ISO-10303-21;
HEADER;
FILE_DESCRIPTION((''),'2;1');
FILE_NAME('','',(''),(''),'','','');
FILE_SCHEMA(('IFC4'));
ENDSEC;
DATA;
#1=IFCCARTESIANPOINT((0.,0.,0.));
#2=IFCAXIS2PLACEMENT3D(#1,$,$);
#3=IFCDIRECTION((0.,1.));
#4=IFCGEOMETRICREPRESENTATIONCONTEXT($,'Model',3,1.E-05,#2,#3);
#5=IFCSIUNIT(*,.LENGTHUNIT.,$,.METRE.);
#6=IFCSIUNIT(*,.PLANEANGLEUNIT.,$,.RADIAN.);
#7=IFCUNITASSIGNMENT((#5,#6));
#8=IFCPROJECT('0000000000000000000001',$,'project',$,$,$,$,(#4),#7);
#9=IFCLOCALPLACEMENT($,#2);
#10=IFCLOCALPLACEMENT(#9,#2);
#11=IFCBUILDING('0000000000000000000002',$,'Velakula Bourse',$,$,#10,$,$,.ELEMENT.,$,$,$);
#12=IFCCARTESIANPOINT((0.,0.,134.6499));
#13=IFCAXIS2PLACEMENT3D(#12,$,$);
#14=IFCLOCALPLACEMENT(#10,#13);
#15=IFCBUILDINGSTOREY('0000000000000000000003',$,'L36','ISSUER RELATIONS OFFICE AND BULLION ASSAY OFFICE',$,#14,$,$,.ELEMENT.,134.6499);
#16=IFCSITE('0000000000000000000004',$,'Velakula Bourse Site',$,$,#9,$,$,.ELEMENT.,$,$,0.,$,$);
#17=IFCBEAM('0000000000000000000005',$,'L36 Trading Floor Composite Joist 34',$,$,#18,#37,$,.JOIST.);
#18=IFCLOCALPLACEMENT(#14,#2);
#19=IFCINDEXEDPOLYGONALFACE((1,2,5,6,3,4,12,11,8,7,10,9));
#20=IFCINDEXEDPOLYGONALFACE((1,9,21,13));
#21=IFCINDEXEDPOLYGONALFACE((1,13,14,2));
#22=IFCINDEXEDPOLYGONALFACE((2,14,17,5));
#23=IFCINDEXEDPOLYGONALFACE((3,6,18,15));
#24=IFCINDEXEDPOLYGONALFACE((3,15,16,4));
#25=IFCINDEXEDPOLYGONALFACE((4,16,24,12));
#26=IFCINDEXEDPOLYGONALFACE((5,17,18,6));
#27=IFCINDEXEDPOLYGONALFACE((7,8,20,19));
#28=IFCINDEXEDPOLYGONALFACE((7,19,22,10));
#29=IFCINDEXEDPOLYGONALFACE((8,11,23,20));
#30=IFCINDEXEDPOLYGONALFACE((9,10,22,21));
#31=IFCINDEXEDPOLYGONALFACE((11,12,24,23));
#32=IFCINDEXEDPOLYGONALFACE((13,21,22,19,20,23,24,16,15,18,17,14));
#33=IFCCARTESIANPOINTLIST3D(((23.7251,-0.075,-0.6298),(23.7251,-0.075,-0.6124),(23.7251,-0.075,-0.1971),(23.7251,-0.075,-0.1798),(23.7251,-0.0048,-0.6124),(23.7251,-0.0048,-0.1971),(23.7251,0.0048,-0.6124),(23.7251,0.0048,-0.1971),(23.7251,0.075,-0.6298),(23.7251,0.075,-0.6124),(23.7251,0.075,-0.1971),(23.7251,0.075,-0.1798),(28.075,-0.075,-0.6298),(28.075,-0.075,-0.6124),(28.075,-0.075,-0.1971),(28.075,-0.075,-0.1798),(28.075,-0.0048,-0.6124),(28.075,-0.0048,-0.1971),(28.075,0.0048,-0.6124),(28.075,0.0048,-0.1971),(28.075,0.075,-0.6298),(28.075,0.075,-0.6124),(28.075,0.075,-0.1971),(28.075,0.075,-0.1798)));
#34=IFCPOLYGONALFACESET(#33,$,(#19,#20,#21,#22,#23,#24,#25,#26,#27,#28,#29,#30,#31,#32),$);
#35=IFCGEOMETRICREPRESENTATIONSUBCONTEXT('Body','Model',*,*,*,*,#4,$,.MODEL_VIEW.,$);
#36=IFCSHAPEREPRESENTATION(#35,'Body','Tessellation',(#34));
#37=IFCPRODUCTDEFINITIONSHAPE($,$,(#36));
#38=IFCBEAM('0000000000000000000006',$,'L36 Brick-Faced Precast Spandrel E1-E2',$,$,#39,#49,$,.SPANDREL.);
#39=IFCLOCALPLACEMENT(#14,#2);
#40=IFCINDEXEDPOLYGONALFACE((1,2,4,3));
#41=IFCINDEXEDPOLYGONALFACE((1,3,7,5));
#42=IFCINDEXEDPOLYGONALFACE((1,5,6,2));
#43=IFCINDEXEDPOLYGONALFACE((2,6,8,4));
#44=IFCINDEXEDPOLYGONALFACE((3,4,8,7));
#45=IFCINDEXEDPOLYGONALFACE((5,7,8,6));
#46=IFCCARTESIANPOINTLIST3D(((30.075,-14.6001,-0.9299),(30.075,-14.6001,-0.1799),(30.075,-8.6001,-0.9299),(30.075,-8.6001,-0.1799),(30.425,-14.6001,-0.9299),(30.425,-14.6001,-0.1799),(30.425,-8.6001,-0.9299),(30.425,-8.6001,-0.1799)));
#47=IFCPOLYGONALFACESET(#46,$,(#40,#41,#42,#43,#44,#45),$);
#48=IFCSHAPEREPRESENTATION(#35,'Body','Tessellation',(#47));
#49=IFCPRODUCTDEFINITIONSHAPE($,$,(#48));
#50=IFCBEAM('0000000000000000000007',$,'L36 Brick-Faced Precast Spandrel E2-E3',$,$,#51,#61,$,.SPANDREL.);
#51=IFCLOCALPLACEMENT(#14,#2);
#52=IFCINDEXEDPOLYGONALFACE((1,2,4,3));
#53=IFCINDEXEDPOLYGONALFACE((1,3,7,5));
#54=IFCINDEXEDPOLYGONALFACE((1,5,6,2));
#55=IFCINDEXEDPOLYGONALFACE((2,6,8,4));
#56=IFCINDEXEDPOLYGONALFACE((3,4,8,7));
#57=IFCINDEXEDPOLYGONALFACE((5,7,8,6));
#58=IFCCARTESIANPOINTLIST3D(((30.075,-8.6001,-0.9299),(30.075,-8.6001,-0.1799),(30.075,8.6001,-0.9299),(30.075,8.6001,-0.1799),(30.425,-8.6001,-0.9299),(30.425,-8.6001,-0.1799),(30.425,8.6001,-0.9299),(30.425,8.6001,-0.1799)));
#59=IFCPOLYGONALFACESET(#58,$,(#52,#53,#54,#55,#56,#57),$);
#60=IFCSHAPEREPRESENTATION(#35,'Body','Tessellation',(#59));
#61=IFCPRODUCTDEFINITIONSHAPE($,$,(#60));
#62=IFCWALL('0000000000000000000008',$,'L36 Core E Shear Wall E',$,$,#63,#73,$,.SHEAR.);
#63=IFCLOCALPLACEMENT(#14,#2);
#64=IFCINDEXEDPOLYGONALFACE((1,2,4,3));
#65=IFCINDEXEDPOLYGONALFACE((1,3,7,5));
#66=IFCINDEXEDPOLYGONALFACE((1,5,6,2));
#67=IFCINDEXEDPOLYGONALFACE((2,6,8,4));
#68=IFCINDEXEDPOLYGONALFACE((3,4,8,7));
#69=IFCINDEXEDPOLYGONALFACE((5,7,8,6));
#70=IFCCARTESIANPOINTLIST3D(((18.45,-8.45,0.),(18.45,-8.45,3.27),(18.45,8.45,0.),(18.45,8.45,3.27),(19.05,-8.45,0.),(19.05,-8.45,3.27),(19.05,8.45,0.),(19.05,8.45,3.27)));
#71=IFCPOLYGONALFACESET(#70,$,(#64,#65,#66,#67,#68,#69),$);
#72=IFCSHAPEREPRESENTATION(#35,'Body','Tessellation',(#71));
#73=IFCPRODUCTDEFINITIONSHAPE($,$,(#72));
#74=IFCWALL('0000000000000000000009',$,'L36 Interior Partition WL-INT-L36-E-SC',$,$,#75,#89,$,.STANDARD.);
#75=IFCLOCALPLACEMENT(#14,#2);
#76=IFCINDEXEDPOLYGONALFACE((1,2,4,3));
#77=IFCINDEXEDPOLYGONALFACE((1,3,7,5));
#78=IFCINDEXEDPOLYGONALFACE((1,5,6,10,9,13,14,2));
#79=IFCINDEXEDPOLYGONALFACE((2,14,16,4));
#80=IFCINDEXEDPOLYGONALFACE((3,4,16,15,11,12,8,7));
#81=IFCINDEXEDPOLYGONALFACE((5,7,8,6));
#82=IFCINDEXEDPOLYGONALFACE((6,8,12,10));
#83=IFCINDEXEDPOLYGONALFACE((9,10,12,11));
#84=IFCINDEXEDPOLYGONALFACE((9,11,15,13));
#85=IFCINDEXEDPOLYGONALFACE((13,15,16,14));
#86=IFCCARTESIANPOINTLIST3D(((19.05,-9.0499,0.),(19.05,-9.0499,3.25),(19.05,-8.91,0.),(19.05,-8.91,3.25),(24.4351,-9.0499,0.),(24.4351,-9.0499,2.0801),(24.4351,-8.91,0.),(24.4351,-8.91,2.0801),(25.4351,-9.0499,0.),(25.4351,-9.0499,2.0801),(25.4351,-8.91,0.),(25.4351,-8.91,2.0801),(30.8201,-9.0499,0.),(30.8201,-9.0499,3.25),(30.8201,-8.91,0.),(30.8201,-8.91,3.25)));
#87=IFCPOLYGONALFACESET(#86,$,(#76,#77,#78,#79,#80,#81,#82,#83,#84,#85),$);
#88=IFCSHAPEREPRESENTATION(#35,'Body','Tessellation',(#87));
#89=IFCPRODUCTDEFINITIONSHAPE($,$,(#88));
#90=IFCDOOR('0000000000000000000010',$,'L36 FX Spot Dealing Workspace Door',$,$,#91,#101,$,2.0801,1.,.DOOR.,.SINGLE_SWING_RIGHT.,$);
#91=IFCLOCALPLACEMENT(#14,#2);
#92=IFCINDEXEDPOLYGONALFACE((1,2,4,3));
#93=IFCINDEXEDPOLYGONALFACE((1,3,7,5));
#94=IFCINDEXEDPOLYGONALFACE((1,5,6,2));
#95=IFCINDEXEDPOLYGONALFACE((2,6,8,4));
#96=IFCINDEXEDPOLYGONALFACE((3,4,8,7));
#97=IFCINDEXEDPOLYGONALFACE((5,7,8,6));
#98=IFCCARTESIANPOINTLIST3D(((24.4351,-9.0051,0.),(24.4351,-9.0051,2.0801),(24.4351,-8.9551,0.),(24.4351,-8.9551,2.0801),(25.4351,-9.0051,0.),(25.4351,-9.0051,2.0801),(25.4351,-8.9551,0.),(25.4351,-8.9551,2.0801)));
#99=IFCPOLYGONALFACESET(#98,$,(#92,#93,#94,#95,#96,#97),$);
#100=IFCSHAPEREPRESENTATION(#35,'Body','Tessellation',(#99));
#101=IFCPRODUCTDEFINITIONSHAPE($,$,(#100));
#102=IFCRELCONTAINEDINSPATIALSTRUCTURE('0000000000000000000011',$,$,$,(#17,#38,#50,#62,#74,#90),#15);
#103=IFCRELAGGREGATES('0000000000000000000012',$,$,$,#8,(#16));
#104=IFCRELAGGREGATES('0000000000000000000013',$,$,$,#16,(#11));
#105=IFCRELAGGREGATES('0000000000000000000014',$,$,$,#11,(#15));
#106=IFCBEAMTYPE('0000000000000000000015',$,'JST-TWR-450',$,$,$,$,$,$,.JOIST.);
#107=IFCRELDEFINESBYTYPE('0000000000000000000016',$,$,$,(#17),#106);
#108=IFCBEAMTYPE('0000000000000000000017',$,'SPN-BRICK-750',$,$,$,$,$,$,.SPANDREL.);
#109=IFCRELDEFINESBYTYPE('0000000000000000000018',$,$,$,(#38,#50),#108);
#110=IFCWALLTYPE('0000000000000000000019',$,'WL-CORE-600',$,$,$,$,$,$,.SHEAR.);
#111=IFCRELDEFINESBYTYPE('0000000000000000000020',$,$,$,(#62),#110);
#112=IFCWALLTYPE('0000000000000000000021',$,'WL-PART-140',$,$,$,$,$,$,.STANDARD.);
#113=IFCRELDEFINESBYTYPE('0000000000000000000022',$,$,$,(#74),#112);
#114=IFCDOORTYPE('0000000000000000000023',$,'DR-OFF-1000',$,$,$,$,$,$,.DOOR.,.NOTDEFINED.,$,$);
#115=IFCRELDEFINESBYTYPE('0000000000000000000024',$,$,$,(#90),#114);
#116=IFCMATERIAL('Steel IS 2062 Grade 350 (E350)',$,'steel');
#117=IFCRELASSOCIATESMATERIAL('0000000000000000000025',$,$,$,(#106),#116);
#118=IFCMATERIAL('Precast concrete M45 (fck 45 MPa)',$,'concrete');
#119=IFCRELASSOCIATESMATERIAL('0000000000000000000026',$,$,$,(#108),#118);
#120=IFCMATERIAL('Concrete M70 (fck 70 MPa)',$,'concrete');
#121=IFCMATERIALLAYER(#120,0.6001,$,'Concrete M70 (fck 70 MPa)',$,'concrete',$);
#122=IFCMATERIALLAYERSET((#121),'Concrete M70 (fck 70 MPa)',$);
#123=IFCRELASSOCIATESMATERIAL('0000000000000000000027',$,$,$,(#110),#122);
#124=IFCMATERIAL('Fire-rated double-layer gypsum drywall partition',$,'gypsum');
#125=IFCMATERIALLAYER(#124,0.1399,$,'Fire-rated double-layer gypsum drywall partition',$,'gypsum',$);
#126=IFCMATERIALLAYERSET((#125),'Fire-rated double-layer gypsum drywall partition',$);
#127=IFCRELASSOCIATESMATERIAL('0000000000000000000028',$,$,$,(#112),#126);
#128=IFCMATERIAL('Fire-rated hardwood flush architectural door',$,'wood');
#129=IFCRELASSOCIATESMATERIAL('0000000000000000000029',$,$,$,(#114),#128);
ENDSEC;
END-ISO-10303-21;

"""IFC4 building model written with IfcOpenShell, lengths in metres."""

from ifc_helpers import new_model, si_unit, direction, frame, frame_2d, origin, origin_2d, place, context, subcontext, project, spatial, rectangle, i_section, extrude, material, layer, layer_set, material_profile, profile_set, type_object, element, fill, save


model = new_model("IFC4")

# Units and contexts
model_context = context("Model", 3, precision=1e-05, world=origin(), true_north=direction((0.0, 1.0)))
body_context = subcontext(model_context, "Body", "Model", "MODEL_VIEW")
ifc_project = project(units=[si_unit("LENGTHUNIT", "METRE"), si_unit("PLANEANGLEUNIT", "RADIAN")], contexts=[model_context])

# Site, building, storey
site_placement = place(None, origin())
site = spatial("IfcSite", under=ifc_project, at=site_placement, Name="Velakula Bourse Site", CompositionType="ELEMENT", RefElevation=0.0)
building_placement = place(site_placement, origin())
building = spatial("IfcBuilding", under=site, at=building_placement, Name="Velakula Bourse", CompositionType="ELEMENT")
storey_placement = place(building_placement, frame((0.0, 0.0, 134.6499)))
storey = spatial("IfcBuildingStorey", under=building, at=storey_placement, Name="L36", Description="ISSUER RELATIONS OFFICE AND BULLION ASSAY OFFICE", CompositionType="ELEMENT", Elevation=134.6499)

# Shared definitions
ifc_material_1 = material(Name="Concrete M70 (fck 70 MPa)", Category="concrete")
ifc_material_2 = material(Name="Steel IS 2062 Grade 350 (E350)", Category="steel")

# Beams
ifc_material_profile_1 = material_profile(ifc_material_2, i_section(OverallWidth=0.1499, OverallDepth=0.45, WebThickness=0.0095, FlangeThickness=0.0173, at=origin_2d()), Name="Steel IS 2062 Grade 350 (E350)")
ifc_profile_set_1 = profile_set([ifc_material_profile_1], Name="Steel IS 2062 Grade 350 (E350)")
beam_type_1 = type_object("IfcBeamType", Name="JST-TWR-450", PredefinedType="JOIST", material=ifc_profile_set_1)
beam_1_placement = place(storey_placement, frame((23.7251, 0.0, -0.4048), z_axis=(1.0, 0.0, 0.0), x_axis=(0.0, 1.0, 0.0)))
element("IfcBeam", 1, at=beam_1_placement, inside=storey, type_object=beam_type_1, Name="L36 Trading Floor Composite Joist 34", PredefinedType="JOIST", context=body_context, shape_type="SweptSolid", body=[
    extrude(i_section(OverallWidth=0.1499, OverallDepth=0.45, WebThickness=0.0095, FlangeThickness=0.0173, at=origin_2d()), origin(), (0.0, 0.0, 1.0), 4.3499),
])
ifc_material_3 = material(Name="Precast concrete M45 (fck 45 MPa)", Category="concrete")
ifc_material_profile_2 = material_profile(ifc_material_3, rectangle(XDim=0.3501, YDim=0.75, at=origin_2d()), Name="Precast concrete M45 (fck 45 MPa)")
ifc_profile_set_2 = profile_set([ifc_material_profile_2], Name="Precast concrete M45 (fck 45 MPa)")
beam_type_2 = type_object("IfcBeamType", Name="SPN-BRICK-750", PredefinedType="SPANDREL", material=ifc_profile_set_2)
beam_2_placement = place(storey_placement, frame((30.25, -14.6001, -0.5549), z_axis=(0.0, 1.0, 0.0), x_axis=(-1.0, 0.0, 0.0)))
element("IfcBeam", 2, at=beam_2_placement, inside=storey, type_object=beam_type_2, Name="L36 Brick-Faced Precast Spandrel E1-E2", PredefinedType="SPANDREL", context=body_context, shape_type="SweptSolid", body=[
    extrude(rectangle(XDim=0.3501, YDim=0.75, at=origin_2d()), origin(), (0.0, 0.0, 1.0), 6.0),
])
beam_3_placement = place(storey_placement, frame((30.25, -8.6001, -0.5549), z_axis=(0.0, 1.0, 0.0), x_axis=(-1.0, 0.0, 0.0)))
element("IfcBeam", 3, at=beam_3_placement, inside=storey, type_object=beam_type_2, Name="L36 Brick-Faced Precast Spandrel E2-E3", PredefinedType="SPANDREL", context=body_context, shape_type="SweptSolid", body=[
    extrude(rectangle(XDim=0.3501, YDim=0.75, at=origin_2d()), origin(), (0.0, 0.0, 1.0), 17.2002),
])

# Wall
ifc_layer_1 = layer(ifc_material_1, 0.6001, Name="Concrete M70 (fck 70 MPa)", Category="concrete")
ifc_layer_set_1 = layer_set([ifc_layer_1], Name="Concrete M70 (fck 70 MPa)")
wall_type_1 = type_object("IfcWallType", Name="WL-CORE-600", PredefinedType="SHEAR", material=ifc_layer_set_1)
wall_1_placement = place(storey_placement, frame((18.75, -8.45, 0.0), z_axis=(0.0, 0.0, 1.0), x_axis=(0.0, 1.0, 0.0)))
element("IfcWall", 4, at=wall_1_placement, inside=storey, type_object=wall_type_1, Name="L36 Core E Shear Wall E", PredefinedType="SHEAR", context=body_context, shape_type="SweptSolid", body=[
    extrude(rectangle(XDim=16.8999, YDim=0.6001, at=frame_2d((8.45, 0.0))), origin(), (0.0, 0.0, 1.0), 3.27),
])

# Wall, opening, door
ifc_material_4 = material(Name="Fire-rated double-layer gypsum drywall partition", Category="gypsum")
ifc_layer_2 = layer(ifc_material_4, 0.1399, Name="Fire-rated double-layer gypsum drywall partition", Category="gypsum")
ifc_layer_set_2 = layer_set([ifc_layer_2], Name="Fire-rated double-layer gypsum drywall partition")
wall_type_2 = type_object("IfcWallType", Name="WL-PART-140", PredefinedType="STANDARD", material=ifc_layer_set_2)
wall_2_placement = place(storey_placement, frame((19.05, -8.98, 0.0), z_axis=(0.0, 0.0, 1.0), x_axis=(1.0, 0.0, 0.0)))
wall_2 = element("IfcWall", 5, at=wall_2_placement, inside=storey, type_object=wall_type_2, Name="L36 Interior Partition WL-INT-L36-E-SC", PredefinedType="STANDARD", context=body_context, shape_type="SweptSolid", body=[
    extrude(rectangle(XDim=11.77, YDim=0.1399, at=frame_2d((5.885, 0.0))), origin(), (0.0, 0.0, 1.0), 3.25),
])
opening_placement = place(wall_2_placement, frame((5.385, 0.0, 0.0)))
opening = element("IfcOpeningElement", 6, at=opening_placement, cuts=wall_2, PredefinedType="OPENING", context=body_context, shape_type="SweptSolid", body=[
    extrude(rectangle(XDim=1.0, YDim=2.0801, at=frame_2d((0.5, 1.04))), frame((0.0, 0.0798, 0.0), z_axis=(0.0, -1.0, 0.0), x_axis=(1.0, 0.0, 0.0)), (0.0, 0.0, 1.0), 0.1599),
])
ifc_material_5 = material(Name="Fire-rated hardwood flush architectural door", Category="wood")
door_type = type_object("IfcDoorType", Name="DR-OFF-1000", OperationType="NOTDEFINED", PredefinedType="DOOR", material=ifc_material_5)
door_placement = place(opening_placement, origin())
door = element("IfcDoor", 7, at=door_placement, inside=storey, type_object=door_type, Name="L36 FX Spot Dealing Workspace Door", OperationType="SINGLE_SWING_RIGHT", OverallHeight=2.0801, OverallWidth=1.0, PredefinedType="DOOR", context=body_context, shape_type="SweptSolid", body=[
    extrude(rectangle(XDim=1.0, YDim=2.0801, at=frame_2d((0.5, 1.04))), frame((0.0, 0.0249, 0.0), z_axis=(0.0, -1.0, 0.0), x_axis=(1.0, 0.0, 0.0)), (0.0, 0.0, 1.0), 0.05),
])
fill(opening, door)

save(model, "model.ifc")
